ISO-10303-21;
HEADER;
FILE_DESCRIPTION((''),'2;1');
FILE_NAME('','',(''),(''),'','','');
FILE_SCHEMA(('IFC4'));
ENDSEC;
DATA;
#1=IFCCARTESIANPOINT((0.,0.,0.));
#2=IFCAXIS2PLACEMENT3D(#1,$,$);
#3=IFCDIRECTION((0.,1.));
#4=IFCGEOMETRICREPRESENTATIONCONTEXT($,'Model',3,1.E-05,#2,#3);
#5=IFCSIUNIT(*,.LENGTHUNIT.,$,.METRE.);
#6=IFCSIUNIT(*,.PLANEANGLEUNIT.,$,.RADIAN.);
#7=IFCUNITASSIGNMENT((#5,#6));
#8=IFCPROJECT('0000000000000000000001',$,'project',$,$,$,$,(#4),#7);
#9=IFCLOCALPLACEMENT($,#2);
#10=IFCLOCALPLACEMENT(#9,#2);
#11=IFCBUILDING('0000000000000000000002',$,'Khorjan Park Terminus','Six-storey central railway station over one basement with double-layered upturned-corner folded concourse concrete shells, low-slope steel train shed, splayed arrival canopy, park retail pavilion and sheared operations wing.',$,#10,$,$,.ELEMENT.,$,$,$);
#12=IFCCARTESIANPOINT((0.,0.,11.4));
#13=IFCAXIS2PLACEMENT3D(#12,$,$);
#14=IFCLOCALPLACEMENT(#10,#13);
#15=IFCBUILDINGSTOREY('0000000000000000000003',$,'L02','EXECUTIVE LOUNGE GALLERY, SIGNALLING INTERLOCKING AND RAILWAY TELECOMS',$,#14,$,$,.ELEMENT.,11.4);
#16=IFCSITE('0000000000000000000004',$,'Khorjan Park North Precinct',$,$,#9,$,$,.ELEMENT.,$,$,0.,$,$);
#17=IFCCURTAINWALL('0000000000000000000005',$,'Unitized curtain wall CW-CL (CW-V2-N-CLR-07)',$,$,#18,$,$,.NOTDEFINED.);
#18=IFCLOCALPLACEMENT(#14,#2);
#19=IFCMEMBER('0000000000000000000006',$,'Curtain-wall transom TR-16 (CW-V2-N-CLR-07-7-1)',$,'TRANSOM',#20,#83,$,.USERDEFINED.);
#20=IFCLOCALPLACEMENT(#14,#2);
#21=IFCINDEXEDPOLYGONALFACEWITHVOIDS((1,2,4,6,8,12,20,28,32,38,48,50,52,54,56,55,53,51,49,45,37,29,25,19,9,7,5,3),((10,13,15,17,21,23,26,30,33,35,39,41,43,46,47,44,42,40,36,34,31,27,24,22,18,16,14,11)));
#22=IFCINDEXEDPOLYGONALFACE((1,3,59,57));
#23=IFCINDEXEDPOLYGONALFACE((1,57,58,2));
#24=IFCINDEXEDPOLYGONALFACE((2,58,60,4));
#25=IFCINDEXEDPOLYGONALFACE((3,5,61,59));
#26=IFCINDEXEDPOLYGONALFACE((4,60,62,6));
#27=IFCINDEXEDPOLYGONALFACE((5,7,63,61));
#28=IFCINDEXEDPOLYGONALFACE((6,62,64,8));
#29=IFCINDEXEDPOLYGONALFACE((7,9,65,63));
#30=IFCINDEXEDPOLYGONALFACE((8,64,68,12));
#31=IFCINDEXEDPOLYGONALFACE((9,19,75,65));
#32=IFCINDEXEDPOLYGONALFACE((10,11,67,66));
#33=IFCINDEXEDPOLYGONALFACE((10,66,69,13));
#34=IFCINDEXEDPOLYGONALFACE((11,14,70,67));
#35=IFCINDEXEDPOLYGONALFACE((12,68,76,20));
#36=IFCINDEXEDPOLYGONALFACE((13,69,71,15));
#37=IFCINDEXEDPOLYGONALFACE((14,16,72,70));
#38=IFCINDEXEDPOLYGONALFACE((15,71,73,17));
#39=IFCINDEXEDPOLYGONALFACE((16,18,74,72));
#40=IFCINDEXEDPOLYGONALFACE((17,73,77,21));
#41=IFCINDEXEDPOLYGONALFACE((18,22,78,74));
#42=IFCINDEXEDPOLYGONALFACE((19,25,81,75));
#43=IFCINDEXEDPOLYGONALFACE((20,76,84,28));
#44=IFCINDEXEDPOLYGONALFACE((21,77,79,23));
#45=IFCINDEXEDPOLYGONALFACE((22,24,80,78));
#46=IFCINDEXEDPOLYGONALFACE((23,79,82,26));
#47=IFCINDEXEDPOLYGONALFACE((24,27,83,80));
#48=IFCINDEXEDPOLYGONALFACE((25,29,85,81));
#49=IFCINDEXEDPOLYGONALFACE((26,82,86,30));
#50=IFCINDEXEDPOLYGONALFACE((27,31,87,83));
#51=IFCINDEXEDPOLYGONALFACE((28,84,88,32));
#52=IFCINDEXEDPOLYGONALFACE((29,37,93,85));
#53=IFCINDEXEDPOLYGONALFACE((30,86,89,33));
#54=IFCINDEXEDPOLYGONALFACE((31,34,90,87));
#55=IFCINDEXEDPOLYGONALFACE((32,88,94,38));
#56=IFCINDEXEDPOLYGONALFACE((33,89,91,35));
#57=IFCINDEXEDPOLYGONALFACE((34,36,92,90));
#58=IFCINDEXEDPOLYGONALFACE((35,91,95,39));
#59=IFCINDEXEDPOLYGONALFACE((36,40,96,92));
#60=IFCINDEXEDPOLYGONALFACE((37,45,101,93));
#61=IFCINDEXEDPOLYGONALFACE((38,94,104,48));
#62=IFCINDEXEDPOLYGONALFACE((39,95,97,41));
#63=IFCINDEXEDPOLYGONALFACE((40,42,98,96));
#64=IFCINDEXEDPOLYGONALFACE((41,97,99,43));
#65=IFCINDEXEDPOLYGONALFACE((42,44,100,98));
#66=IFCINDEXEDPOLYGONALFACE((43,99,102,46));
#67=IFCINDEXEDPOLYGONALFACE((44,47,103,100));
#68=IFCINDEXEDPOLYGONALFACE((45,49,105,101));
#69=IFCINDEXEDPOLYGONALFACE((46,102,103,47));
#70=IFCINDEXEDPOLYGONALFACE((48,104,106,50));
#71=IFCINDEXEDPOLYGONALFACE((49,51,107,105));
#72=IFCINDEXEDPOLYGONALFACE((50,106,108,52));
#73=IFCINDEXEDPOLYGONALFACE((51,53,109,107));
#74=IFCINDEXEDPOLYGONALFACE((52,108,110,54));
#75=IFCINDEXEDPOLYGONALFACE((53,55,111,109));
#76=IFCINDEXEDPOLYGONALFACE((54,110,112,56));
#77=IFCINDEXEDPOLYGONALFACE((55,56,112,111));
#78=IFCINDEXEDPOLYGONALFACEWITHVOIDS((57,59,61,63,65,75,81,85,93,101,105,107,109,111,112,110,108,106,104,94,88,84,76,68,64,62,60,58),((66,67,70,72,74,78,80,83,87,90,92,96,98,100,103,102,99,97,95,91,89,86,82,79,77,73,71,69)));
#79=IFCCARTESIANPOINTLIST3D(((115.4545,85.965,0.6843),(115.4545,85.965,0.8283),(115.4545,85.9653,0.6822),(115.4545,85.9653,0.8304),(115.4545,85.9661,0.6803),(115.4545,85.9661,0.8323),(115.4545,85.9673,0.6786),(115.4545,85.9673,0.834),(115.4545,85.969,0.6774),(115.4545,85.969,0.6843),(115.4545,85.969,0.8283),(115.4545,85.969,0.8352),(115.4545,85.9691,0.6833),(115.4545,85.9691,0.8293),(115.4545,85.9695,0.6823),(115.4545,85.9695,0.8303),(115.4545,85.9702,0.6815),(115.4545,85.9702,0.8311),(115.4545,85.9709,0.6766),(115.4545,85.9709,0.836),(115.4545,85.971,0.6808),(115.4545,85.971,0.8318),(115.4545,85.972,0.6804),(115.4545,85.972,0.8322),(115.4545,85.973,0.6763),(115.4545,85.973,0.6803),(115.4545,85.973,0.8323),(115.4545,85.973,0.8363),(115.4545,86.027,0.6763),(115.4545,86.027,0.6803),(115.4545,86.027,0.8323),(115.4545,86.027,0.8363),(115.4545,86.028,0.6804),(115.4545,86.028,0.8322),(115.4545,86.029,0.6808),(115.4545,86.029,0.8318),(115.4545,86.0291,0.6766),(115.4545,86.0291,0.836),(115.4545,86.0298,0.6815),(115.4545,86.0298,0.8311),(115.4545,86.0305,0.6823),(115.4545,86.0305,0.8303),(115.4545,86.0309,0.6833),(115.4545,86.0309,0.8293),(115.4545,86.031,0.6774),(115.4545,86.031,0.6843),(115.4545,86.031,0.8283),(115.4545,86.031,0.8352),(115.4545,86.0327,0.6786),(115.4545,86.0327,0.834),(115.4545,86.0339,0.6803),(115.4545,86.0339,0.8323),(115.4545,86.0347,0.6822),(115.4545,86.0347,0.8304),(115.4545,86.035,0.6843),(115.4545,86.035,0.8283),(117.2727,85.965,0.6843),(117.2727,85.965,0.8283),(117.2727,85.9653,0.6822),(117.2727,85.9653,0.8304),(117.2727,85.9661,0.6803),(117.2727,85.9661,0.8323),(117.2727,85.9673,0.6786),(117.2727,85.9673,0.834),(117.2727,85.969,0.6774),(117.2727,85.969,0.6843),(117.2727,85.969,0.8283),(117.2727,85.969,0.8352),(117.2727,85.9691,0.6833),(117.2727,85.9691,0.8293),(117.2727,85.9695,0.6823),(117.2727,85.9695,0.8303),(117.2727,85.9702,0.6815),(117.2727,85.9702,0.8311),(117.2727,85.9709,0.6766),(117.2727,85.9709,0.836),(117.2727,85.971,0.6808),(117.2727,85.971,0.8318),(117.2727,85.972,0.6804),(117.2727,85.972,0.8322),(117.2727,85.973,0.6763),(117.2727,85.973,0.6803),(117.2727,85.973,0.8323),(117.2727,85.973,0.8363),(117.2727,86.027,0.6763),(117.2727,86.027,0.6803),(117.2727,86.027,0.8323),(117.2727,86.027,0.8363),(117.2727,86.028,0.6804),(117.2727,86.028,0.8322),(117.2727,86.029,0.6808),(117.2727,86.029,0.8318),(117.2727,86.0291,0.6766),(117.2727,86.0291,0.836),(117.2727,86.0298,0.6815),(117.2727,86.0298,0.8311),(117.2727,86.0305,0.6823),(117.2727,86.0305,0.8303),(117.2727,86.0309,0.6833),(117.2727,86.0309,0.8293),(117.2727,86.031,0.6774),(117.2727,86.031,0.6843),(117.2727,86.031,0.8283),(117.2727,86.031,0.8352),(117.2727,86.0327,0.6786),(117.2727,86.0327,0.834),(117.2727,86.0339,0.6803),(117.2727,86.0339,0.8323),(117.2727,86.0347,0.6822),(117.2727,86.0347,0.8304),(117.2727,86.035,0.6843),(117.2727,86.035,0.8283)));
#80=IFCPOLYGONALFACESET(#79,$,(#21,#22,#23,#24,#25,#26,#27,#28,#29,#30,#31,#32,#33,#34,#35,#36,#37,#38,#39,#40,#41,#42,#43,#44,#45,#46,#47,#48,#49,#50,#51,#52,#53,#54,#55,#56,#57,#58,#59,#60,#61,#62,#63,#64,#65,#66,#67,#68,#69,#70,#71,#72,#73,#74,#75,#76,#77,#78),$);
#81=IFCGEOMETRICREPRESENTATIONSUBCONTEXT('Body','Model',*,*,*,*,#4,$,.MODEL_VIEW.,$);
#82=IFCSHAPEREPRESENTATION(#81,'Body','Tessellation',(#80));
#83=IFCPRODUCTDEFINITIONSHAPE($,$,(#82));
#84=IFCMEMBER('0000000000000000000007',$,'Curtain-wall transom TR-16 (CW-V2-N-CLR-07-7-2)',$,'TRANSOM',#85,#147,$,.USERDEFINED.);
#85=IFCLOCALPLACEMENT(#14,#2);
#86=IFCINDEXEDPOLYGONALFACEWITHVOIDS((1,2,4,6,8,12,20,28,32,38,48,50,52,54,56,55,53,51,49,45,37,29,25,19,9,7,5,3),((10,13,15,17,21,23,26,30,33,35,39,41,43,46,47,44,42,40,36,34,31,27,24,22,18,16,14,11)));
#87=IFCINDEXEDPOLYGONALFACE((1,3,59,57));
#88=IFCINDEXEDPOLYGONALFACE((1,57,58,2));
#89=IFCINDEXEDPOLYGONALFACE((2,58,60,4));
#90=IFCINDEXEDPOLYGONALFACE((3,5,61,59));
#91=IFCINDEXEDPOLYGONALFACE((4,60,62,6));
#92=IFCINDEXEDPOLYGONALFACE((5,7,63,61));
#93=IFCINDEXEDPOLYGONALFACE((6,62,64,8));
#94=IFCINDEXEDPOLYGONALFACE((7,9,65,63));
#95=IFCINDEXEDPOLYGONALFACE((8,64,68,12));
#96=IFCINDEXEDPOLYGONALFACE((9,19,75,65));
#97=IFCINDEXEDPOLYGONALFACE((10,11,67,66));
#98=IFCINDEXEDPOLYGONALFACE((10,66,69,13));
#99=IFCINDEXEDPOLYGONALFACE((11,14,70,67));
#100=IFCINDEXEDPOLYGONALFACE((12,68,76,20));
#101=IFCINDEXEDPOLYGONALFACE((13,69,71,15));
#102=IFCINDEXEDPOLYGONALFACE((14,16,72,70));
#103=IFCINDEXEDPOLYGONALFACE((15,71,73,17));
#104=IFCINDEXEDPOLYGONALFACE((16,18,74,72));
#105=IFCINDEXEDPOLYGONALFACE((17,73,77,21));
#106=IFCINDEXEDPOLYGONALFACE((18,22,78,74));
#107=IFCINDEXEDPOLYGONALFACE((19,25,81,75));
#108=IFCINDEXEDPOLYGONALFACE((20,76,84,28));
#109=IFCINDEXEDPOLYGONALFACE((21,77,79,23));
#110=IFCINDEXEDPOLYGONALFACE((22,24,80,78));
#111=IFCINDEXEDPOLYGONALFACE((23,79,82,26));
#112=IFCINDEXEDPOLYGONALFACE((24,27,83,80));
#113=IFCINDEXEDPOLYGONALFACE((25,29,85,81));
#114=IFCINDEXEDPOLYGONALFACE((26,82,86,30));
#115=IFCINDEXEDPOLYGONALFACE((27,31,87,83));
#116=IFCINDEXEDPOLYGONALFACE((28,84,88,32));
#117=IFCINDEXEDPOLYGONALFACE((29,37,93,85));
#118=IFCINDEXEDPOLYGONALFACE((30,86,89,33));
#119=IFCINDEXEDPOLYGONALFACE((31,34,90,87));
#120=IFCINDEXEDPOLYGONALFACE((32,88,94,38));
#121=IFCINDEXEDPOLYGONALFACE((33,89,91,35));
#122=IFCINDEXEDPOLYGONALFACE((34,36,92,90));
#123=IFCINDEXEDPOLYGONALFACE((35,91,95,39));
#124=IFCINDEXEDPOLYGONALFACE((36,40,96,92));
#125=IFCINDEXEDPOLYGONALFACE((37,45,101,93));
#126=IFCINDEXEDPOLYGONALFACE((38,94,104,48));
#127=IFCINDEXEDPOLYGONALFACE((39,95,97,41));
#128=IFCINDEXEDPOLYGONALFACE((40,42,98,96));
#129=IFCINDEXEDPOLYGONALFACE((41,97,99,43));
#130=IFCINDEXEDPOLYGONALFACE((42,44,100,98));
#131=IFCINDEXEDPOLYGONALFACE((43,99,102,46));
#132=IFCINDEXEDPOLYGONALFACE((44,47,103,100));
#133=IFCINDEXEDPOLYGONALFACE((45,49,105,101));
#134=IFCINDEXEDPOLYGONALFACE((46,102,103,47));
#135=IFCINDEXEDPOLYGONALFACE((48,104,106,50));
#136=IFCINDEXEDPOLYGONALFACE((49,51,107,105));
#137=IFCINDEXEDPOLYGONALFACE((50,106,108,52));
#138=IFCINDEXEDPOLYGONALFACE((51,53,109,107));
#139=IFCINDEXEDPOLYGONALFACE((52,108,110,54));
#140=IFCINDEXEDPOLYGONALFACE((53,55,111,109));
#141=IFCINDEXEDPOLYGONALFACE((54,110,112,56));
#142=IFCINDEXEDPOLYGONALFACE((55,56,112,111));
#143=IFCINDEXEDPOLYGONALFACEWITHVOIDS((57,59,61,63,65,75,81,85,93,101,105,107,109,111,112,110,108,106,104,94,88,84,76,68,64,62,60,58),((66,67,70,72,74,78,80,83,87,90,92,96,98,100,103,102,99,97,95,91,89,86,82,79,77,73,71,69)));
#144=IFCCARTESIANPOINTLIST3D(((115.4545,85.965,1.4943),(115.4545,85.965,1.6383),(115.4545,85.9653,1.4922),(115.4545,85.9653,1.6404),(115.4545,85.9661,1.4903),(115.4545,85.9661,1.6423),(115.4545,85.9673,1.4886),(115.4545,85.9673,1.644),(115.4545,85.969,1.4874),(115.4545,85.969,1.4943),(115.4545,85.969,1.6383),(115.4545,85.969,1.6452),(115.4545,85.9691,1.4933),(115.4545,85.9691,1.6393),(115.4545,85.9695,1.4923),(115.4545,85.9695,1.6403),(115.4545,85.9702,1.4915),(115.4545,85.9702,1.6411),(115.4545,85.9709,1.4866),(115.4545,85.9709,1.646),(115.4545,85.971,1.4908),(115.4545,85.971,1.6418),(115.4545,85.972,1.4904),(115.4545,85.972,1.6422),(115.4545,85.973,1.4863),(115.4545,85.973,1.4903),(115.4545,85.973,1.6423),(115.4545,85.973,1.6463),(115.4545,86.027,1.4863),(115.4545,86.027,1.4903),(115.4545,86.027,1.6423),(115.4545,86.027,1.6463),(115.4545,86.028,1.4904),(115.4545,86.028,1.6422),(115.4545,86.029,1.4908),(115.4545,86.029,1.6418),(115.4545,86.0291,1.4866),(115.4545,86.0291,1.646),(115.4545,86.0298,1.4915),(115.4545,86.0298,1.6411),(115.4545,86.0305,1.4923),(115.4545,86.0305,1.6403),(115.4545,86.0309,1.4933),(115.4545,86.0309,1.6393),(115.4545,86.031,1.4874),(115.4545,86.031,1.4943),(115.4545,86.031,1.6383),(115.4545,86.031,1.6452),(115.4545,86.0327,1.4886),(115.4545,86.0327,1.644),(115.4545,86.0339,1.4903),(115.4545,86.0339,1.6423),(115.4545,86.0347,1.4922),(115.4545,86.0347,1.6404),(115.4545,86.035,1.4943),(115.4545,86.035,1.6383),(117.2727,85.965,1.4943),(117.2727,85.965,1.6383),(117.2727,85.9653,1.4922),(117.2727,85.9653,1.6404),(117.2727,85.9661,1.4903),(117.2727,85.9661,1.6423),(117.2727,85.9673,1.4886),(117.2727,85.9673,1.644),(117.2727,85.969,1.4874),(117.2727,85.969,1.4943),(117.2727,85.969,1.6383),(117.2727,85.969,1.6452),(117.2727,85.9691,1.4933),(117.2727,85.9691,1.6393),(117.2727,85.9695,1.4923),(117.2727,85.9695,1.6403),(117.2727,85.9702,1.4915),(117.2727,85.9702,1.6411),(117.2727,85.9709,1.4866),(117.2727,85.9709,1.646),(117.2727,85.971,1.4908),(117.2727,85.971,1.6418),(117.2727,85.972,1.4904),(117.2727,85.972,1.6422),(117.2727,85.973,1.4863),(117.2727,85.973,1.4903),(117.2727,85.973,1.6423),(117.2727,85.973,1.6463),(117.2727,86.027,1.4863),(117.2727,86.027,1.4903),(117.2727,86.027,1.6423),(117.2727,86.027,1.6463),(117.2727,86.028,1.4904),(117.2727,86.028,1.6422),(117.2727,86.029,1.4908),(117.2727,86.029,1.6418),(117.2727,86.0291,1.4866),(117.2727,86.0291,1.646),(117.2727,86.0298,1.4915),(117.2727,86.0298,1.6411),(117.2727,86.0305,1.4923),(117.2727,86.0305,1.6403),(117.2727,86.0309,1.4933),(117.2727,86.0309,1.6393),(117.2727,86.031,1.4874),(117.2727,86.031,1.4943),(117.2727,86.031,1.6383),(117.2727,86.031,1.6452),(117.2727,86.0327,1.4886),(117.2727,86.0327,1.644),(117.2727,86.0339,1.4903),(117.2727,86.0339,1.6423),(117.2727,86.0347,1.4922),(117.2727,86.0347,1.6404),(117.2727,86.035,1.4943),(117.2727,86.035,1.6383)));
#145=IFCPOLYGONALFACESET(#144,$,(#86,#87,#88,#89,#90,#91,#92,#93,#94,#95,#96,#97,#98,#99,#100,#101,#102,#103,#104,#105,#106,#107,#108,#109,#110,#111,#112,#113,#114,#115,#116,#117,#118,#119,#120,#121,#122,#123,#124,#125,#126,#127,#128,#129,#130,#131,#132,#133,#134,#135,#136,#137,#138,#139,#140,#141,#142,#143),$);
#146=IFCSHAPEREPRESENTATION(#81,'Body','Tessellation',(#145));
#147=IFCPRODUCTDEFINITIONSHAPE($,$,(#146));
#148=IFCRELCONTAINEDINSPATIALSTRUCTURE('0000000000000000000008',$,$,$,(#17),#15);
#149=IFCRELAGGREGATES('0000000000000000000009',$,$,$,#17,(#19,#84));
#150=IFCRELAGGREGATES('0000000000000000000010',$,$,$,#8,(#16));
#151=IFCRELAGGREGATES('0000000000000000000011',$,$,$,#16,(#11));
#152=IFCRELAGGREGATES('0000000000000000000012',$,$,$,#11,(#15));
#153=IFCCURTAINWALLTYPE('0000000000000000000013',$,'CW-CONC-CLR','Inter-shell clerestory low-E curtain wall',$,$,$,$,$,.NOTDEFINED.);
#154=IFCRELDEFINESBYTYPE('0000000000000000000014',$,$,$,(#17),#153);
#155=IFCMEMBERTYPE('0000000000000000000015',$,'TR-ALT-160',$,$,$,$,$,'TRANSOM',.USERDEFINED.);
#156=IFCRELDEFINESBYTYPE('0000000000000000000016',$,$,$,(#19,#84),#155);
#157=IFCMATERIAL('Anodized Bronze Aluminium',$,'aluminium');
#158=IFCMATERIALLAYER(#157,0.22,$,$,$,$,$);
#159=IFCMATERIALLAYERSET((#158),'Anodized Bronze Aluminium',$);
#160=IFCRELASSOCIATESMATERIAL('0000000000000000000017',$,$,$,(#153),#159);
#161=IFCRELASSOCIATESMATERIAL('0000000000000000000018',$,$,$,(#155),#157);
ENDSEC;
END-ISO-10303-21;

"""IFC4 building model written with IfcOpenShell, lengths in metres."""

from ifc_helpers import new_model, si_unit, direction, frame, origin, origin_2d, place, context, subcontext, project, spatial, hollow_rectangle, extrude, material, layer, layer_set, material_profile, profile_set, type_object, element, aggregate, save


model = new_model("IFC4")

# Units and contexts
model_context = context("Model", 3, precision=1e-05, world=origin(), true_north=direction((0.0, 1.0)))
body_context = subcontext(model_context, "Body", "Model", "MODEL_VIEW")
ifc_project = project(units=[si_unit("LENGTHUNIT", "METRE"), si_unit("PLANEANGLEUNIT", "RADIAN")], contexts=[model_context])

# Site, building, storey
site_placement = place(None, origin())
site = spatial("IfcSite", under=ifc_project, at=site_placement, Name="Khorjan Park North Precinct", CompositionType="ELEMENT", RefElevation=0.0)
building_placement = place(site_placement, origin())
building = spatial("IfcBuilding", under=site, at=building_placement, Name="Khorjan Park Terminus", Description="Six-storey central railway station over one basement with double-layered upturned-corner folded concourse concrete shells, low-slope steel train shed, splayed arrival canopy, park retail pavilion and sheared operations wing.", CompositionType="ELEMENT")
storey_placement = place(building_placement, frame((0.0, 0.0, 11.4)))
storey = spatial("IfcBuildingStorey", under=building, at=storey_placement, Name="L02", Description="EXECUTIVE LOUNGE GALLERY, SIGNALLING INTERLOCKING AND RAILWAY TELECOMS", CompositionType="ELEMENT", Elevation=11.4)

# Curtain wall
ifc_material_1 = material(Name="Anodized Bronze Aluminium", Category="aluminium")
ifc_layer_1 = layer(ifc_material_1, 0.22)
ifc_layer_set_1 = layer_set([ifc_layer_1], Name="Anodized Bronze Aluminium")
curtain_wall_type = type_object("IfcCurtainWallType", Name="CW-CONC-CLR", Description="Inter-shell clerestory low-E curtain wall", PredefinedType="NOTDEFINED", material=ifc_layer_set_1)
curtain_wall_placement = place(storey_placement, origin())
curtain_wall = element("IfcCurtainWall", 1, at=curtain_wall_placement, inside=storey, type_object=curtain_wall_type, Name="Unitized curtain wall CW-CL (CW-V2-N-CLR-07)", PredefinedType="NOTDEFINED")

# Members
ifc_material_profile_1 = material_profile(ifc_material_1, hollow_rectangle(XDim=0.07, YDim=0.16, WallThickness=0.004, InnerFilletRadius=0.004, OuterFilletRadius=0.008, at=origin_2d()), Name="ALT 70x160x4")
ifc_profile_set_1 = profile_set([ifc_material_profile_1], Name="Anodized Bronze Aluminium")
member_type_1 = type_object("IfcMemberType", Name="TR-ALT-160", ElementType="TRANSOM", PredefinedType="USERDEFINED", material=ifc_profile_set_1)
member_1_placement = place(storey_placement, frame((117.2727, 86.0, 0.7563), z_axis=(-1.0, 0.0, 0.0), x_axis=(0.0, -1.0, 0.0)))
member_1 = element("IfcMember", 2, at=member_1_placement, type_object=member_type_1, Name="Curtain-wall transom TR-16 (CW-V2-N-CLR-07-7-1)", ObjectType="TRANSOM", PredefinedType="USERDEFINED", context=body_context, shape_type="SweptSolid", body=[
    extrude(hollow_rectangle(XDim=0.07, YDim=0.16, WallThickness=0.004, InnerFilletRadius=0.004, OuterFilletRadius=0.008, at=origin_2d()), origin(), (0.0, 0.0, 1.0), 1.8182),
])
member_2_placement = place(storey_placement, frame((117.2727, 86.0, 1.5663), z_axis=(-1.0, 0.0, 0.0), x_axis=(0.0, -1.0, 0.0)))
member_2 = element("IfcMember", 3, at=member_2_placement, type_object=member_type_1, Name="Curtain-wall transom TR-16 (CW-V2-N-CLR-07-7-2)", ObjectType="TRANSOM", PredefinedType="USERDEFINED", context=body_context, shape_type="SweptSolid", body=[
    extrude(hollow_rectangle(XDim=0.07, YDim=0.16, WallThickness=0.004, InnerFilletRadius=0.004, OuterFilletRadius=0.008, at=origin_2d()), origin(), (0.0, 0.0, 1.0), 1.8182),
])

aggregate(curtain_wall, [member_1, member_2])

save(model, "model.ifc")
